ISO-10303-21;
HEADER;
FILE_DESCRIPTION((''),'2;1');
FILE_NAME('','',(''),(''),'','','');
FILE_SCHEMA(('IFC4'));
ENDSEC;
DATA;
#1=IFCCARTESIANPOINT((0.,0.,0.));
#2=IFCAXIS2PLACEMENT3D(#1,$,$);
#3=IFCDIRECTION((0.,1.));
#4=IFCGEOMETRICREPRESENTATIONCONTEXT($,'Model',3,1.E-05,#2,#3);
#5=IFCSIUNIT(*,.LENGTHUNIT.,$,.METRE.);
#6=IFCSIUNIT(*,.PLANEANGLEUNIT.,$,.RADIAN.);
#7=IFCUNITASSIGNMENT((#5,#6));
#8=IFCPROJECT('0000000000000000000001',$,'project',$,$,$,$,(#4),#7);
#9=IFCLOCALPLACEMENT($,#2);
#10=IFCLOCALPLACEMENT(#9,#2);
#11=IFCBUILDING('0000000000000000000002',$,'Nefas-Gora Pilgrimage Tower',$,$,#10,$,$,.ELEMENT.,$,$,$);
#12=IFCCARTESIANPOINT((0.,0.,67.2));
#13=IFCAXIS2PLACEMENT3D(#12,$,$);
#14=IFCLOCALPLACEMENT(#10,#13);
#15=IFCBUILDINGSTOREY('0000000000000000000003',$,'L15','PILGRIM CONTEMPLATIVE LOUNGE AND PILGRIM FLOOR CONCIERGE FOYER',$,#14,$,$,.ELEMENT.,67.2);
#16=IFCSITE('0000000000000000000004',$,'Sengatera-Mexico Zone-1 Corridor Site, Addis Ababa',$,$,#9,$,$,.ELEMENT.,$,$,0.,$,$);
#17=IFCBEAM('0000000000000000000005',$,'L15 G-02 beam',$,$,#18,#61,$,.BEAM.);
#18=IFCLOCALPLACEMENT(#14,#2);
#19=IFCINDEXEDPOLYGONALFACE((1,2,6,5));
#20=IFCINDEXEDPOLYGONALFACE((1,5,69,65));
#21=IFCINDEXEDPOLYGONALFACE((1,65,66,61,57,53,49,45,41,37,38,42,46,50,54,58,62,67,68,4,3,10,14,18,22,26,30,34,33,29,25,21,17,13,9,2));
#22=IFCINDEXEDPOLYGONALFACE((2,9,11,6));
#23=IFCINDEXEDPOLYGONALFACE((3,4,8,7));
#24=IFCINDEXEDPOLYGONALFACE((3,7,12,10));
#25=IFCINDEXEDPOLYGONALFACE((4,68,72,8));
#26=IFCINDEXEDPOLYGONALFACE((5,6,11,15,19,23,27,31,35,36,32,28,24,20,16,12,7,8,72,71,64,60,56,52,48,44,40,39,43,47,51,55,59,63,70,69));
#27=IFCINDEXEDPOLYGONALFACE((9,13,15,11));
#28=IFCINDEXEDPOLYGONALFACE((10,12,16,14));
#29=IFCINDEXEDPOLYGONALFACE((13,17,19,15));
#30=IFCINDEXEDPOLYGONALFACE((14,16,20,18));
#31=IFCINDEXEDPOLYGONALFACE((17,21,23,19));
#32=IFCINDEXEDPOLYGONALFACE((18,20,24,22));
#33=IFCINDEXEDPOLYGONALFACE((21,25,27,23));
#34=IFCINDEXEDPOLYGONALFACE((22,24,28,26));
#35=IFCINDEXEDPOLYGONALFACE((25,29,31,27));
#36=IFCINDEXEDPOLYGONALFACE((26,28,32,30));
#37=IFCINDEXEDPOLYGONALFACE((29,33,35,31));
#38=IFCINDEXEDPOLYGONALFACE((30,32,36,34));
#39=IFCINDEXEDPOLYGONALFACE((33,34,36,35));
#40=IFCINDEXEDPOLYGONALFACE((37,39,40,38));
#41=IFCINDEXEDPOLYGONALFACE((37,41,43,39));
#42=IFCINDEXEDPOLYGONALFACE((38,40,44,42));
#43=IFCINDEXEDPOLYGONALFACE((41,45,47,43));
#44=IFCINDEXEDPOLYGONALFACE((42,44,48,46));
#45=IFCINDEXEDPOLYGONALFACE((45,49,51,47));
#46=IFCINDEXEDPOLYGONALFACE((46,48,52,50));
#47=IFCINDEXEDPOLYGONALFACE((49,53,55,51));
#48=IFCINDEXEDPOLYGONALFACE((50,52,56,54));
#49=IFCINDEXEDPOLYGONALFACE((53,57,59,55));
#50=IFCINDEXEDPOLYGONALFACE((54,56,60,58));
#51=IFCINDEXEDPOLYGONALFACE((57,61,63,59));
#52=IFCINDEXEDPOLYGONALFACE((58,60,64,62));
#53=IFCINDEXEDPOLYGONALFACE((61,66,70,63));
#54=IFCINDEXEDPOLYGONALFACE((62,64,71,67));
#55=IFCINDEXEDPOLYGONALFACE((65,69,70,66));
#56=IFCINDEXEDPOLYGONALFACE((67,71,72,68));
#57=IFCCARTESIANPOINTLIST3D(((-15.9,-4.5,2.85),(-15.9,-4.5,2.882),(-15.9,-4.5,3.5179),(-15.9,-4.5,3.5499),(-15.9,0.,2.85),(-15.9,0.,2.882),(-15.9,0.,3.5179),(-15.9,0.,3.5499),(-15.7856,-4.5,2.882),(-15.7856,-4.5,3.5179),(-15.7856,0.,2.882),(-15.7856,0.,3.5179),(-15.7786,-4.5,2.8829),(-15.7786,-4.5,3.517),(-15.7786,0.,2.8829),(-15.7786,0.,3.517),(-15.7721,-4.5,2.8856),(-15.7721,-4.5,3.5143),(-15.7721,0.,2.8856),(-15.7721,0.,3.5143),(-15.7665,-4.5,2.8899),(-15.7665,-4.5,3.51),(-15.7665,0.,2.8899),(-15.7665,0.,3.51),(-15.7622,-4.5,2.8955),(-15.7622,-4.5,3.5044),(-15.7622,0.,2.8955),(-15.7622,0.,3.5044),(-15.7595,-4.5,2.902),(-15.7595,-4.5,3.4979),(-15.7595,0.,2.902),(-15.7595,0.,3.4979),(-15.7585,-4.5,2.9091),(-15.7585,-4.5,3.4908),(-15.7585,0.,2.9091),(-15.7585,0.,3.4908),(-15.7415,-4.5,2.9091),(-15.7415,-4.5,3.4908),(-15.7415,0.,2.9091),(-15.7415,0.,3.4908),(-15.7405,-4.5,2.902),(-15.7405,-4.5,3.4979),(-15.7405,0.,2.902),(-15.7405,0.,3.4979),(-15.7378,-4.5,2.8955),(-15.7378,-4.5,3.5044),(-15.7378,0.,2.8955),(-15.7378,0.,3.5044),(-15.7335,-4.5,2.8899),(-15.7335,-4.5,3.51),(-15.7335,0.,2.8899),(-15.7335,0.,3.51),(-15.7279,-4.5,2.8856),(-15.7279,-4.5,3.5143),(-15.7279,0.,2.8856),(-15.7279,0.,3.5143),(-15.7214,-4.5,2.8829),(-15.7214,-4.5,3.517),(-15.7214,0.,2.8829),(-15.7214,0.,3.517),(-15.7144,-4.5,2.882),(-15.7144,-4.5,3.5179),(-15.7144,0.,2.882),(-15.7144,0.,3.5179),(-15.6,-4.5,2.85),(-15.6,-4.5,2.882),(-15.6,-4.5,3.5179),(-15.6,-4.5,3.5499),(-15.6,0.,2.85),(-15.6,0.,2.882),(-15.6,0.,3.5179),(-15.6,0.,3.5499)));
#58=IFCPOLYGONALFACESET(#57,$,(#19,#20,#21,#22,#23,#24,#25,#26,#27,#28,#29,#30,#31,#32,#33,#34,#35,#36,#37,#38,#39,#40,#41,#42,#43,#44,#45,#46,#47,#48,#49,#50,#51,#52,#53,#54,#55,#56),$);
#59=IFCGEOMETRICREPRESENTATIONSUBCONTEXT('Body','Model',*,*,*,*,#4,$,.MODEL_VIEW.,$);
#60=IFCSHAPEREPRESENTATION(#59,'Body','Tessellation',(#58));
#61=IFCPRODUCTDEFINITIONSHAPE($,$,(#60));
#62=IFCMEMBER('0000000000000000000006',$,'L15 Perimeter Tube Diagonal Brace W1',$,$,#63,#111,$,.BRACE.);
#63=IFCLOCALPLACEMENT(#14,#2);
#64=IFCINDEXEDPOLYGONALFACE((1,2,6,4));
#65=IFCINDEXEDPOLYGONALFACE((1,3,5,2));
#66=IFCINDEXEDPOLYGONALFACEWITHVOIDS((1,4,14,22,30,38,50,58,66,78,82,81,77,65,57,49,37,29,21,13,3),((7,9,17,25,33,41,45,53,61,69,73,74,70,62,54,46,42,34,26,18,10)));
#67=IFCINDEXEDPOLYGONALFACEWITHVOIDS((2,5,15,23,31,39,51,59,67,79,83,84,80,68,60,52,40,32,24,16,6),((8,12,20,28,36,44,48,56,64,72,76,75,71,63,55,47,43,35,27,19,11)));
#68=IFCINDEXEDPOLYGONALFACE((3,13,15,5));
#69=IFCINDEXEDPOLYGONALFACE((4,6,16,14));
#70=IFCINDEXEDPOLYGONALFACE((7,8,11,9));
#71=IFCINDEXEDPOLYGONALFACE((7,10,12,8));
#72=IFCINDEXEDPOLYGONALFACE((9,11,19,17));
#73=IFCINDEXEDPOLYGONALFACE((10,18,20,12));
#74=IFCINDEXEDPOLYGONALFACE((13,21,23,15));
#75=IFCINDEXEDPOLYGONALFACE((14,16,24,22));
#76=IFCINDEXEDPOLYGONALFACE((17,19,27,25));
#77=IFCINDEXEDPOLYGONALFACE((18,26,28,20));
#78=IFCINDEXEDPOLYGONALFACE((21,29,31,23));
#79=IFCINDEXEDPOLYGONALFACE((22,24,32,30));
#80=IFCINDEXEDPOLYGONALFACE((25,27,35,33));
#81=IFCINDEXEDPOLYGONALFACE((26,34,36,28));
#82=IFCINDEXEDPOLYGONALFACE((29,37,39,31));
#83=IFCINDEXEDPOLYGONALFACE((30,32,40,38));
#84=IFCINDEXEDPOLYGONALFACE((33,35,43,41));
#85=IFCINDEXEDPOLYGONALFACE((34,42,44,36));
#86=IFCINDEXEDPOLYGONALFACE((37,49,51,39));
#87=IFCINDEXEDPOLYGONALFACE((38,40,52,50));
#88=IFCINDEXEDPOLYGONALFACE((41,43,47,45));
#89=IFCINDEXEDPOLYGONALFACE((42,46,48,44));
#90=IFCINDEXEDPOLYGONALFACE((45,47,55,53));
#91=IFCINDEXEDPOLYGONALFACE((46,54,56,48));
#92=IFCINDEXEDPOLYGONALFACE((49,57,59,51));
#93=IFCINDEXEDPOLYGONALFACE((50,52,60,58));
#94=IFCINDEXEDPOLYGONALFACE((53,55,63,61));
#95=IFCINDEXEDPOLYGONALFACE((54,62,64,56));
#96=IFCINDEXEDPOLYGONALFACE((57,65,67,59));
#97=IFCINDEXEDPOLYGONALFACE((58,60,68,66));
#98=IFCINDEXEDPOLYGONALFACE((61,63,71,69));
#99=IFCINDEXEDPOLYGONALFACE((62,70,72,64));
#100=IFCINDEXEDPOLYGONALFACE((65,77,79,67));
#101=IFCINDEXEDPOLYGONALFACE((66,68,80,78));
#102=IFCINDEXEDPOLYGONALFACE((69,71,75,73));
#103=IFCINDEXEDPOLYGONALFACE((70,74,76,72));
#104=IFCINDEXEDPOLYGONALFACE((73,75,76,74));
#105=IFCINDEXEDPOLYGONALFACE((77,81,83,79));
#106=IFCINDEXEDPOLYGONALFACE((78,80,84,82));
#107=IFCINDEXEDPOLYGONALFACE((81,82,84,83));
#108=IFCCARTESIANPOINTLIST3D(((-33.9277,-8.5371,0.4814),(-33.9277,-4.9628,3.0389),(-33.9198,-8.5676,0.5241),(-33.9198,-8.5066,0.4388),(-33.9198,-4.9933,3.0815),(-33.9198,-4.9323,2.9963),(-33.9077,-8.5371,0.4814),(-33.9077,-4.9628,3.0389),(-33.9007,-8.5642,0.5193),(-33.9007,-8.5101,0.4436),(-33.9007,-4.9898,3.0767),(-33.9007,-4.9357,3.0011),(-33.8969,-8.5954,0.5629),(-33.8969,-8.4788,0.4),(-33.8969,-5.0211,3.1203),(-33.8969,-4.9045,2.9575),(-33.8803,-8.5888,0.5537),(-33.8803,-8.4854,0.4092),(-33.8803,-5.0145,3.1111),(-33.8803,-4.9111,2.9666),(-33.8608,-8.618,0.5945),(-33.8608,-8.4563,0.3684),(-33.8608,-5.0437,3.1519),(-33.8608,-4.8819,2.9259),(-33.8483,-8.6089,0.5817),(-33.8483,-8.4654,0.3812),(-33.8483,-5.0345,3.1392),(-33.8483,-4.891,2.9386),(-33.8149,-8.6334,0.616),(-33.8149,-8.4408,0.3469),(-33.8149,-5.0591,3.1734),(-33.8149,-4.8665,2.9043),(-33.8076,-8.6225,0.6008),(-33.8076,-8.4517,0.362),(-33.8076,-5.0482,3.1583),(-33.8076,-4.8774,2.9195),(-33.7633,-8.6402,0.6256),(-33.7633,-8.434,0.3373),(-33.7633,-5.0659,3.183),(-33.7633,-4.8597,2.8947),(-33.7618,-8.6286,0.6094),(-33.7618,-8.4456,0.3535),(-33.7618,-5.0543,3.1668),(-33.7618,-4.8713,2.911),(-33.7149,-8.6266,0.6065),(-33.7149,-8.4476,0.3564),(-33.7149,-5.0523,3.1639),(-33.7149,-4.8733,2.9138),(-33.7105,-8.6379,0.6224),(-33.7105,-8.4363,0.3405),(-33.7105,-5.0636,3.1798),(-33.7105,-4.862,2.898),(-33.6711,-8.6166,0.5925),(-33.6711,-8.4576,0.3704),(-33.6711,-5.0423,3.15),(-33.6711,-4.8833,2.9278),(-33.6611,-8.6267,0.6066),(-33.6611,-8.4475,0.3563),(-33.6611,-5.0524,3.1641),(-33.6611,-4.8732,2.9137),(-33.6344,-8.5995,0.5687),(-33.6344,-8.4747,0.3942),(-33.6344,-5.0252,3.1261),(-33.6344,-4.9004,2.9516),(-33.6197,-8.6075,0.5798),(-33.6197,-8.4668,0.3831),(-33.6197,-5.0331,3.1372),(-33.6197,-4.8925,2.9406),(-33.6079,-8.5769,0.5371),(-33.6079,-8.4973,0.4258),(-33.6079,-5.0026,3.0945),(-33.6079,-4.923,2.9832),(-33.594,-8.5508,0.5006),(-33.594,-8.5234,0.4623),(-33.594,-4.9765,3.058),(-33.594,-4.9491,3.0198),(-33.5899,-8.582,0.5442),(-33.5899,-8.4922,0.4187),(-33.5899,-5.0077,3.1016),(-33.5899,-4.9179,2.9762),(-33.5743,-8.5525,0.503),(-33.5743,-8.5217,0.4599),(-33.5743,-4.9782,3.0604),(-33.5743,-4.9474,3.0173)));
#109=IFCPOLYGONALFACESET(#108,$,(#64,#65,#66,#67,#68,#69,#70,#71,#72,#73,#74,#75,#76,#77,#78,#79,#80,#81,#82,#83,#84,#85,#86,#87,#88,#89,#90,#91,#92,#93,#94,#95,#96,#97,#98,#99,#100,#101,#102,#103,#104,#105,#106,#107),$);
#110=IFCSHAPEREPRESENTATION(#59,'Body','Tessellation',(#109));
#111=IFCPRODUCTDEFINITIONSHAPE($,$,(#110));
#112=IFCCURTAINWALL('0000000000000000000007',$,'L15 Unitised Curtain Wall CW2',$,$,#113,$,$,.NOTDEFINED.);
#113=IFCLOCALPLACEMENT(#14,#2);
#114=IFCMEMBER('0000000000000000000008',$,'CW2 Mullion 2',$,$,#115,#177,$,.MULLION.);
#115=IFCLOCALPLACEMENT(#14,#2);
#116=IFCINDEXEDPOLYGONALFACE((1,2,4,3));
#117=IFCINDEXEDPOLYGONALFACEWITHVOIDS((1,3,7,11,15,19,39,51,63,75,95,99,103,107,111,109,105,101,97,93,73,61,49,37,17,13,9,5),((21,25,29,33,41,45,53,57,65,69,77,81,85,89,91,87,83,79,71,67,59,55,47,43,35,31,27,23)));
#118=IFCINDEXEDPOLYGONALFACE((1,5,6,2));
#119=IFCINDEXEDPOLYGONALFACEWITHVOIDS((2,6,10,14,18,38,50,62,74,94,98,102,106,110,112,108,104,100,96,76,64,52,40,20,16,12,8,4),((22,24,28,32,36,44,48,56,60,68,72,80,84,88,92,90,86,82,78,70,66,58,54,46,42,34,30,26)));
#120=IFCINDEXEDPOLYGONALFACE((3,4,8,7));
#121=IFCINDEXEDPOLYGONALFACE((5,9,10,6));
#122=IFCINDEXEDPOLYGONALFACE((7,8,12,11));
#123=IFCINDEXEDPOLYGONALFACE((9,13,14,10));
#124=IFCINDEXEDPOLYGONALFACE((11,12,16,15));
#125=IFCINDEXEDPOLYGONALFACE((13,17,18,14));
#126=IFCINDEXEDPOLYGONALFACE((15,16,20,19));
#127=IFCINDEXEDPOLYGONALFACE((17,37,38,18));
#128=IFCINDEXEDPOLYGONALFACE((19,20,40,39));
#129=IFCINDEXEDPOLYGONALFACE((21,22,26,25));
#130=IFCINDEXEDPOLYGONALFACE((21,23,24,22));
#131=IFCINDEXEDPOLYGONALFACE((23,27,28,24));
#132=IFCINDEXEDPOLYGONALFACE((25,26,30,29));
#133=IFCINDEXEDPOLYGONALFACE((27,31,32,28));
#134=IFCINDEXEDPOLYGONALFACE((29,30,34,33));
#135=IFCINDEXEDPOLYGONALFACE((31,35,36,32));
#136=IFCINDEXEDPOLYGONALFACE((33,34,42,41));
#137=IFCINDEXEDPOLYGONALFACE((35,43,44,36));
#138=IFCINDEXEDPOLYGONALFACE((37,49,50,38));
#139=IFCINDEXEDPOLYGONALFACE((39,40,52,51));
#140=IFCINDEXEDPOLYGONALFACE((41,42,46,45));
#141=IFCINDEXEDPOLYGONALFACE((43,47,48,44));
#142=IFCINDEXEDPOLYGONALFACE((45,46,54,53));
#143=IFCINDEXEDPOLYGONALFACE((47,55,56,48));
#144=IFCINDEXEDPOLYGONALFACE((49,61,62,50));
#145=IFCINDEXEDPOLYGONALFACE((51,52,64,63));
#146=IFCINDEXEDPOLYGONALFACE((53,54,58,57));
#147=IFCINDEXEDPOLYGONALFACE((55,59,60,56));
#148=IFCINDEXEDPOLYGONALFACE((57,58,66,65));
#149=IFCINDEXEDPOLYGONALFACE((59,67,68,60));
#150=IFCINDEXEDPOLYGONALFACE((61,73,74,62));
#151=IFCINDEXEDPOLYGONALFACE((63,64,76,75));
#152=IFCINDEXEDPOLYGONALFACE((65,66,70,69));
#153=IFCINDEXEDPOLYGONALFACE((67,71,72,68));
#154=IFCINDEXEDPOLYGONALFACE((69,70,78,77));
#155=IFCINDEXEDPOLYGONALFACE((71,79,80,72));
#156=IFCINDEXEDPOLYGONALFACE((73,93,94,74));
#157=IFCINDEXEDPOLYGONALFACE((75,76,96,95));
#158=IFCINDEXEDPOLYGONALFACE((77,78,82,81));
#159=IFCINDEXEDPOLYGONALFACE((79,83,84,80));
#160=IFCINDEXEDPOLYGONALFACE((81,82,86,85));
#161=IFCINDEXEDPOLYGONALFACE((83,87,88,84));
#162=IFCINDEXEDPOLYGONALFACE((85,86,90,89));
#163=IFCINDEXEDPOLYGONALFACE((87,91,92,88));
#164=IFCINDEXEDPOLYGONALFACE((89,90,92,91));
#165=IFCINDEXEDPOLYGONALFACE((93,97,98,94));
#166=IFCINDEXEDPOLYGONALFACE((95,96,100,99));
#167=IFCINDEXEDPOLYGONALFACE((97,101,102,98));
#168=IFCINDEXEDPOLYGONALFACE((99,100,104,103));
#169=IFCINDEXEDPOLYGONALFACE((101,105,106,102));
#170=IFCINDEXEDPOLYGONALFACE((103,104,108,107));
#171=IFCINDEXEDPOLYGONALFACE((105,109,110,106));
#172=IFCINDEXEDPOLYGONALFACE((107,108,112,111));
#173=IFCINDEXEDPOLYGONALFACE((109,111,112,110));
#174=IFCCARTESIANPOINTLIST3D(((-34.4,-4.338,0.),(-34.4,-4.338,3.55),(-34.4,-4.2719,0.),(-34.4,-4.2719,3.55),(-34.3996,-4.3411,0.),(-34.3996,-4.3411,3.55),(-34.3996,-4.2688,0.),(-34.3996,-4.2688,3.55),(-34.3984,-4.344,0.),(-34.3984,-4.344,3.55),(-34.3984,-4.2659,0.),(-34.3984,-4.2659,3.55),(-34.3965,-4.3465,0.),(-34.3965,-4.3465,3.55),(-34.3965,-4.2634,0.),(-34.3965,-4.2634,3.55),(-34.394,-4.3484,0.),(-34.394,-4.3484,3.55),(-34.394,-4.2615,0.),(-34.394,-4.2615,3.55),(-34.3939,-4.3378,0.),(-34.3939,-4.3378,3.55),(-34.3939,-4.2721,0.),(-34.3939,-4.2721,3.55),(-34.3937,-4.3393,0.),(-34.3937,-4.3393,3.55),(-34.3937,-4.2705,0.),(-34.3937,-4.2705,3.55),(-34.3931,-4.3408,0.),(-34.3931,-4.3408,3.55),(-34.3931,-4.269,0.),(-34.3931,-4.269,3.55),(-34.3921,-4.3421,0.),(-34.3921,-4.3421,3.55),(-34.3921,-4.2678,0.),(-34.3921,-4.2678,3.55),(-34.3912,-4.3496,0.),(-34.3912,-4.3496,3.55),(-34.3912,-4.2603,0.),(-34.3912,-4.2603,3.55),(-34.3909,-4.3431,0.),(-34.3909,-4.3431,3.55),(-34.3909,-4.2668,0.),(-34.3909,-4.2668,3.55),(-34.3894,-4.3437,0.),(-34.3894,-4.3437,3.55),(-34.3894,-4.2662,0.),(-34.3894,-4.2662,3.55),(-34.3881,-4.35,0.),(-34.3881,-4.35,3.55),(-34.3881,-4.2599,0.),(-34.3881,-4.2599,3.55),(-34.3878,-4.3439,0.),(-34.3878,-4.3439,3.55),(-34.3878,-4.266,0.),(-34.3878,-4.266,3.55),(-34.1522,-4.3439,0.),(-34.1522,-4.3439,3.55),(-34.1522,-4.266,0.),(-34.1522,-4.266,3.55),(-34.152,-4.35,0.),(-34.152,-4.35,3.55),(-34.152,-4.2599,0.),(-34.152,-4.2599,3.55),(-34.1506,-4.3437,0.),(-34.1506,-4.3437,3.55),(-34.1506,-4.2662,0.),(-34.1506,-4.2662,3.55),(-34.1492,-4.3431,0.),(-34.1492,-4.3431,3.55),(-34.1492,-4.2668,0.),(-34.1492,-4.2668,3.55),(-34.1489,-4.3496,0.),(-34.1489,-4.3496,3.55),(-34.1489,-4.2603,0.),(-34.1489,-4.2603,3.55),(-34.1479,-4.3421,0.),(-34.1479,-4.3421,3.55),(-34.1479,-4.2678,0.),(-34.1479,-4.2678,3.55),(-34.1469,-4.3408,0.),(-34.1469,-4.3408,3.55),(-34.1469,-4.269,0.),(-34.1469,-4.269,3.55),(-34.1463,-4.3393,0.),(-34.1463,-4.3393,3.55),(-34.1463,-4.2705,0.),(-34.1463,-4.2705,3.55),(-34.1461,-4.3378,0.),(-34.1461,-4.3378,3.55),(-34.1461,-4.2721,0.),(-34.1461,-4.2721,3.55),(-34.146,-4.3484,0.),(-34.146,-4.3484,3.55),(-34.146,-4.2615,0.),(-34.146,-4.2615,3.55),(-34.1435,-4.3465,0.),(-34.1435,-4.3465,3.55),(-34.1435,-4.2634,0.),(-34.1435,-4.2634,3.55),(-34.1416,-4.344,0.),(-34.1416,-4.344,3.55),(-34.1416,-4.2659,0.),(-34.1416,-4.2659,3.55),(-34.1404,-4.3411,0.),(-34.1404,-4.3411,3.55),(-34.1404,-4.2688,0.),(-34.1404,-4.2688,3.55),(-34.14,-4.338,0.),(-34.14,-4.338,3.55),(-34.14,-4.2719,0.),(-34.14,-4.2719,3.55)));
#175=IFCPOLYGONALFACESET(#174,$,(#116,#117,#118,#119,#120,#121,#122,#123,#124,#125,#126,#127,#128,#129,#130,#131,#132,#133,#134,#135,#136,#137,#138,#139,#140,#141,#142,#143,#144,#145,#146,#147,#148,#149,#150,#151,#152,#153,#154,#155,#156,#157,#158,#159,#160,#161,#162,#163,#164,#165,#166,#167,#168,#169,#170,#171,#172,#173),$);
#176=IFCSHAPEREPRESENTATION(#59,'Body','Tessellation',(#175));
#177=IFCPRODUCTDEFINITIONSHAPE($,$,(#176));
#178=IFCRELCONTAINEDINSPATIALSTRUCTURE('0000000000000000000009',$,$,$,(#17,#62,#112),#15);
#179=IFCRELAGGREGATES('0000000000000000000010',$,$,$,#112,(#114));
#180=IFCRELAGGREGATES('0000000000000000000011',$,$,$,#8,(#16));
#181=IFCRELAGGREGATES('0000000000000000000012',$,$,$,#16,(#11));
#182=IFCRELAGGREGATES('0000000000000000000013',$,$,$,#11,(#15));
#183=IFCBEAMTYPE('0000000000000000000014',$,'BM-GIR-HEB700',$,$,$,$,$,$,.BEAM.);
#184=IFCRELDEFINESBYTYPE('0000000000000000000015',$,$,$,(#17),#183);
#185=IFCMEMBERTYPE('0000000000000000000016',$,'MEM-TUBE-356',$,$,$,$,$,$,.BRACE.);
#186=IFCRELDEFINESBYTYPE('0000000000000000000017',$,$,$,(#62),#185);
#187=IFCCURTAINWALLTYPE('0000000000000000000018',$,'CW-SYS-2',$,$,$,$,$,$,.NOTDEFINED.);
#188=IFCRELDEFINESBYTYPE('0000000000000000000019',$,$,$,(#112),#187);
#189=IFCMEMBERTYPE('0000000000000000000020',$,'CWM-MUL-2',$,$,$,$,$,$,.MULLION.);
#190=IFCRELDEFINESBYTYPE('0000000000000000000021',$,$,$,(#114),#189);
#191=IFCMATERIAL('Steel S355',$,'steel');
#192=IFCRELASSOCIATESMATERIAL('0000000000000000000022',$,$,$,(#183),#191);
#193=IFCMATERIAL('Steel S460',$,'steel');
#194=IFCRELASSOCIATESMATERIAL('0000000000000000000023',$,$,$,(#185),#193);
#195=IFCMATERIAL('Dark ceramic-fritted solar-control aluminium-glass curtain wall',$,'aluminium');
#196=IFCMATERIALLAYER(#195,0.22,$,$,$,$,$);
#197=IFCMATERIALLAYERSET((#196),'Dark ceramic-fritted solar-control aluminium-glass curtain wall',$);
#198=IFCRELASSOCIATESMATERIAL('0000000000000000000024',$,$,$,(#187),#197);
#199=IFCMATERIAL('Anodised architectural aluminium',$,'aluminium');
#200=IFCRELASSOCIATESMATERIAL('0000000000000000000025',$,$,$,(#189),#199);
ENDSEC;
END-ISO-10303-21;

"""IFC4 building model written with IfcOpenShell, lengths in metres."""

from ifc_helpers import new_model, si_unit, direction, frame, origin, origin_2d, place, context, subcontext, project, spatial, hollow_rectangle, hollow_circle, i_section, extrude, source, transform, mapped, material, layer, layer_set, material_profile, profile_set, type_object, element, aggregate, save


model = new_model("IFC4")

# Units and contexts
model_context = context("Model", 3, precision=1e-05, world=origin(), true_north=direction((0.0, 1.0)))
body_context = subcontext(model_context, "Body", "Model", "MODEL_VIEW")
ifc_project = project(units=[si_unit("LENGTHUNIT", "METRE"), si_unit("PLANEANGLEUNIT", "RADIAN")], contexts=[model_context])

# Site, building, storey
site_placement = place(None, origin())
site = spatial("IfcSite", under=ifc_project, at=site_placement, Name="Sengatera-Mexico Zone-1 Corridor Site, Addis Ababa", CompositionType="ELEMENT", RefElevation=0.0)
building_placement = place(site_placement, origin())
building = spatial("IfcBuilding", under=site, at=building_placement, Name="Nefas-Gora Pilgrimage Tower", CompositionType="ELEMENT")
storey_placement = place(building_placement, frame((0.0, 0.0, 67.2)))
storey = spatial("IfcBuildingStorey", under=building, at=storey_placement, Name="L15", Description="PILGRIM CONTEMPLATIVE LOUNGE AND PILGRIM FLOOR CONCIERGE FOYER", CompositionType="ELEMENT", Elevation=67.2)

# Shared definitions
ifc_material_1 = material(Name="Steel S460", Category="steel")

# Beam
ifc_material_2 = material(Name="Steel S355", Category="steel")
ifc_material_profile_1 = material_profile(ifc_material_2, i_section(OverallWidth=0.3, OverallDepth=0.7, WebThickness=0.0171, FlangeThickness=0.032, FilletRadius=0.0271, at=origin_2d()), Name="HEB 700")
ifc_profile_set_1 = profile_set([ifc_material_profile_1], Name="Steel S355")
beam_type_1 = type_object("IfcBeamType", Name="BM-GIR-HEB700", PredefinedType="BEAM", material=ifc_profile_set_1)
shared_shape_1 = source(origin(), body_context, "Body", "SweptSolid", [
    extrude(i_section(OverallWidth=0.3, OverallDepth=0.7, WebThickness=0.0171, FlangeThickness=0.032, FilletRadius=0.0271, at=origin_2d()), origin(), (0.0, 0.0, 1.0), 4.5),
])
for number, where, z_axis, x_axis, name in (
    (1, (-15.75, -4.5, 3.2), (0.0, 1.0, 0.0), (-1.0, 0.0, 0.0), "L15 G-02 beam"),
):
    element("IfcBeam", number, at=place(storey_placement, frame(where, z_axis=z_axis, x_axis=x_axis)), inside=storey, type_object=beam_type_1, Name=name, PredefinedType="BEAM", context=body_context, shape_type="MappedRepresentation", body=[
        mapped(shared_shape_1, transform((0.0, 0.0, 0.0), x_axis=(1.0, 0.0, 0.0), y_axis=(0.0, 1.0, 0.0), z_axis=(0.0, 0.0, 1.0), scale=1.0)),
    ])

# Member
ifc_material_profile_2 = material_profile(ifc_material_1, hollow_circle(Radius=0.1777, WallThickness=0.02, at=origin_2d()), Name="CHS 355.6x20")
ifc_profile_set_2 = profile_set([ifc_material_profile_2], Name="Steel S460")
member_type_1 = type_object("IfcMemberType", Name="MEM-TUBE-356", PredefinedType="BRACE", material=ifc_profile_set_2)
shared_shape_2 = source(origin(), body_context, "Body", "SweptSolid", [
    extrude(hollow_circle(Radius=0.1777, WallThickness=0.02, at=origin_2d()), origin(), (0.0, 0.0, 1.0), 4.395),
])
member_1_placement = place(storey_placement, frame((-33.75, -8.5371, 0.4814), z_axis=(0.0, 0.813264, 0.581895), x_axis=(-1.0, 0.0, 0.0)))
element("IfcMember", 2, at=member_1_placement, inside=storey, type_object=member_type_1, Name="L15 Perimeter Tube Diagonal Brace W1", PredefinedType="BRACE", context=body_context, shape_type="MappedRepresentation", body=[
    mapped(shared_shape_2, transform((0.0, 0.0, 0.0), x_axis=(1.0, 0.0, 0.0), y_axis=(0.0, 1.0, 0.0), z_axis=(0.0, 0.0, 1.0), scale=1.0)),
])

# Curtain wall, member
ifc_material_3 = material(Name="Dark ceramic-fritted solar-control aluminium-glass curtain wall", Category="aluminium")
ifc_layer_1 = layer(ifc_material_3, 0.22)
ifc_layer_set_1 = layer_set([ifc_layer_1], Name="Dark ceramic-fritted solar-control aluminium-glass curtain wall")
curtain_wall_type = type_object("IfcCurtainWallType", Name="CW-SYS-2", PredefinedType="NOTDEFINED", material=ifc_layer_set_1)
curtain_wall_placement = place(storey_placement, origin())
curtain_wall = element("IfcCurtainWall", 3, at=curtain_wall_placement, inside=storey, type_object=curtain_wall_type, Name="L15 Unitised Curtain Wall CW2", PredefinedType="NOTDEFINED")
ifc_material_4 = material(Name="Anodised architectural aluminium", Category="aluminium")
ifc_material_profile_3 = material_profile(ifc_material_4, hollow_rectangle(XDim=0.0901, YDim=0.26, WallThickness=0.0061, InnerFilletRadius=0.0061, OuterFilletRadius=0.012, at=origin_2d()), Name="ALU MULLION 90x260")
ifc_profile_set_3 = profile_set([ifc_material_profile_3], Name="Anodised architectural aluminium")
member_type_2 = type_object("IfcMemberType", Name="CWM-MUL-2", PredefinedType="MULLION", material=ifc_profile_set_3)
shared_shape_3 = source(origin(), body_context, "Body", "SweptSolid", [
    extrude(hollow_rectangle(XDim=0.0901, YDim=0.26, WallThickness=0.0061, InnerFilletRadius=0.0061, OuterFilletRadius=0.012, at=origin_2d()), origin(), (0.0, 0.0, 1.0), 3.55),
])
member_2_placement = place(storey_placement, frame((-34.27, -4.3049, 0.0), z_axis=(0.0, 0.0, 1.0), x_axis=(0.0, -1.0, 0.0)))
member_2 = element("IfcMember", 4, at=member_2_placement, type_object=member_type_2, Name="CW2 Mullion 2", PredefinedType="MULLION", context=body_context, shape_type="MappedRepresentation", body=[
    mapped(shared_shape_3, transform((0.0, 0.0, 0.0), x_axis=(1.0, 0.0, 0.0), y_axis=(0.0, 1.0, 0.0), z_axis=(0.0, 0.0, 1.0), scale=1.0)),
])

aggregate(curtain_wall, [member_2])

save(model, "model.ifc")
